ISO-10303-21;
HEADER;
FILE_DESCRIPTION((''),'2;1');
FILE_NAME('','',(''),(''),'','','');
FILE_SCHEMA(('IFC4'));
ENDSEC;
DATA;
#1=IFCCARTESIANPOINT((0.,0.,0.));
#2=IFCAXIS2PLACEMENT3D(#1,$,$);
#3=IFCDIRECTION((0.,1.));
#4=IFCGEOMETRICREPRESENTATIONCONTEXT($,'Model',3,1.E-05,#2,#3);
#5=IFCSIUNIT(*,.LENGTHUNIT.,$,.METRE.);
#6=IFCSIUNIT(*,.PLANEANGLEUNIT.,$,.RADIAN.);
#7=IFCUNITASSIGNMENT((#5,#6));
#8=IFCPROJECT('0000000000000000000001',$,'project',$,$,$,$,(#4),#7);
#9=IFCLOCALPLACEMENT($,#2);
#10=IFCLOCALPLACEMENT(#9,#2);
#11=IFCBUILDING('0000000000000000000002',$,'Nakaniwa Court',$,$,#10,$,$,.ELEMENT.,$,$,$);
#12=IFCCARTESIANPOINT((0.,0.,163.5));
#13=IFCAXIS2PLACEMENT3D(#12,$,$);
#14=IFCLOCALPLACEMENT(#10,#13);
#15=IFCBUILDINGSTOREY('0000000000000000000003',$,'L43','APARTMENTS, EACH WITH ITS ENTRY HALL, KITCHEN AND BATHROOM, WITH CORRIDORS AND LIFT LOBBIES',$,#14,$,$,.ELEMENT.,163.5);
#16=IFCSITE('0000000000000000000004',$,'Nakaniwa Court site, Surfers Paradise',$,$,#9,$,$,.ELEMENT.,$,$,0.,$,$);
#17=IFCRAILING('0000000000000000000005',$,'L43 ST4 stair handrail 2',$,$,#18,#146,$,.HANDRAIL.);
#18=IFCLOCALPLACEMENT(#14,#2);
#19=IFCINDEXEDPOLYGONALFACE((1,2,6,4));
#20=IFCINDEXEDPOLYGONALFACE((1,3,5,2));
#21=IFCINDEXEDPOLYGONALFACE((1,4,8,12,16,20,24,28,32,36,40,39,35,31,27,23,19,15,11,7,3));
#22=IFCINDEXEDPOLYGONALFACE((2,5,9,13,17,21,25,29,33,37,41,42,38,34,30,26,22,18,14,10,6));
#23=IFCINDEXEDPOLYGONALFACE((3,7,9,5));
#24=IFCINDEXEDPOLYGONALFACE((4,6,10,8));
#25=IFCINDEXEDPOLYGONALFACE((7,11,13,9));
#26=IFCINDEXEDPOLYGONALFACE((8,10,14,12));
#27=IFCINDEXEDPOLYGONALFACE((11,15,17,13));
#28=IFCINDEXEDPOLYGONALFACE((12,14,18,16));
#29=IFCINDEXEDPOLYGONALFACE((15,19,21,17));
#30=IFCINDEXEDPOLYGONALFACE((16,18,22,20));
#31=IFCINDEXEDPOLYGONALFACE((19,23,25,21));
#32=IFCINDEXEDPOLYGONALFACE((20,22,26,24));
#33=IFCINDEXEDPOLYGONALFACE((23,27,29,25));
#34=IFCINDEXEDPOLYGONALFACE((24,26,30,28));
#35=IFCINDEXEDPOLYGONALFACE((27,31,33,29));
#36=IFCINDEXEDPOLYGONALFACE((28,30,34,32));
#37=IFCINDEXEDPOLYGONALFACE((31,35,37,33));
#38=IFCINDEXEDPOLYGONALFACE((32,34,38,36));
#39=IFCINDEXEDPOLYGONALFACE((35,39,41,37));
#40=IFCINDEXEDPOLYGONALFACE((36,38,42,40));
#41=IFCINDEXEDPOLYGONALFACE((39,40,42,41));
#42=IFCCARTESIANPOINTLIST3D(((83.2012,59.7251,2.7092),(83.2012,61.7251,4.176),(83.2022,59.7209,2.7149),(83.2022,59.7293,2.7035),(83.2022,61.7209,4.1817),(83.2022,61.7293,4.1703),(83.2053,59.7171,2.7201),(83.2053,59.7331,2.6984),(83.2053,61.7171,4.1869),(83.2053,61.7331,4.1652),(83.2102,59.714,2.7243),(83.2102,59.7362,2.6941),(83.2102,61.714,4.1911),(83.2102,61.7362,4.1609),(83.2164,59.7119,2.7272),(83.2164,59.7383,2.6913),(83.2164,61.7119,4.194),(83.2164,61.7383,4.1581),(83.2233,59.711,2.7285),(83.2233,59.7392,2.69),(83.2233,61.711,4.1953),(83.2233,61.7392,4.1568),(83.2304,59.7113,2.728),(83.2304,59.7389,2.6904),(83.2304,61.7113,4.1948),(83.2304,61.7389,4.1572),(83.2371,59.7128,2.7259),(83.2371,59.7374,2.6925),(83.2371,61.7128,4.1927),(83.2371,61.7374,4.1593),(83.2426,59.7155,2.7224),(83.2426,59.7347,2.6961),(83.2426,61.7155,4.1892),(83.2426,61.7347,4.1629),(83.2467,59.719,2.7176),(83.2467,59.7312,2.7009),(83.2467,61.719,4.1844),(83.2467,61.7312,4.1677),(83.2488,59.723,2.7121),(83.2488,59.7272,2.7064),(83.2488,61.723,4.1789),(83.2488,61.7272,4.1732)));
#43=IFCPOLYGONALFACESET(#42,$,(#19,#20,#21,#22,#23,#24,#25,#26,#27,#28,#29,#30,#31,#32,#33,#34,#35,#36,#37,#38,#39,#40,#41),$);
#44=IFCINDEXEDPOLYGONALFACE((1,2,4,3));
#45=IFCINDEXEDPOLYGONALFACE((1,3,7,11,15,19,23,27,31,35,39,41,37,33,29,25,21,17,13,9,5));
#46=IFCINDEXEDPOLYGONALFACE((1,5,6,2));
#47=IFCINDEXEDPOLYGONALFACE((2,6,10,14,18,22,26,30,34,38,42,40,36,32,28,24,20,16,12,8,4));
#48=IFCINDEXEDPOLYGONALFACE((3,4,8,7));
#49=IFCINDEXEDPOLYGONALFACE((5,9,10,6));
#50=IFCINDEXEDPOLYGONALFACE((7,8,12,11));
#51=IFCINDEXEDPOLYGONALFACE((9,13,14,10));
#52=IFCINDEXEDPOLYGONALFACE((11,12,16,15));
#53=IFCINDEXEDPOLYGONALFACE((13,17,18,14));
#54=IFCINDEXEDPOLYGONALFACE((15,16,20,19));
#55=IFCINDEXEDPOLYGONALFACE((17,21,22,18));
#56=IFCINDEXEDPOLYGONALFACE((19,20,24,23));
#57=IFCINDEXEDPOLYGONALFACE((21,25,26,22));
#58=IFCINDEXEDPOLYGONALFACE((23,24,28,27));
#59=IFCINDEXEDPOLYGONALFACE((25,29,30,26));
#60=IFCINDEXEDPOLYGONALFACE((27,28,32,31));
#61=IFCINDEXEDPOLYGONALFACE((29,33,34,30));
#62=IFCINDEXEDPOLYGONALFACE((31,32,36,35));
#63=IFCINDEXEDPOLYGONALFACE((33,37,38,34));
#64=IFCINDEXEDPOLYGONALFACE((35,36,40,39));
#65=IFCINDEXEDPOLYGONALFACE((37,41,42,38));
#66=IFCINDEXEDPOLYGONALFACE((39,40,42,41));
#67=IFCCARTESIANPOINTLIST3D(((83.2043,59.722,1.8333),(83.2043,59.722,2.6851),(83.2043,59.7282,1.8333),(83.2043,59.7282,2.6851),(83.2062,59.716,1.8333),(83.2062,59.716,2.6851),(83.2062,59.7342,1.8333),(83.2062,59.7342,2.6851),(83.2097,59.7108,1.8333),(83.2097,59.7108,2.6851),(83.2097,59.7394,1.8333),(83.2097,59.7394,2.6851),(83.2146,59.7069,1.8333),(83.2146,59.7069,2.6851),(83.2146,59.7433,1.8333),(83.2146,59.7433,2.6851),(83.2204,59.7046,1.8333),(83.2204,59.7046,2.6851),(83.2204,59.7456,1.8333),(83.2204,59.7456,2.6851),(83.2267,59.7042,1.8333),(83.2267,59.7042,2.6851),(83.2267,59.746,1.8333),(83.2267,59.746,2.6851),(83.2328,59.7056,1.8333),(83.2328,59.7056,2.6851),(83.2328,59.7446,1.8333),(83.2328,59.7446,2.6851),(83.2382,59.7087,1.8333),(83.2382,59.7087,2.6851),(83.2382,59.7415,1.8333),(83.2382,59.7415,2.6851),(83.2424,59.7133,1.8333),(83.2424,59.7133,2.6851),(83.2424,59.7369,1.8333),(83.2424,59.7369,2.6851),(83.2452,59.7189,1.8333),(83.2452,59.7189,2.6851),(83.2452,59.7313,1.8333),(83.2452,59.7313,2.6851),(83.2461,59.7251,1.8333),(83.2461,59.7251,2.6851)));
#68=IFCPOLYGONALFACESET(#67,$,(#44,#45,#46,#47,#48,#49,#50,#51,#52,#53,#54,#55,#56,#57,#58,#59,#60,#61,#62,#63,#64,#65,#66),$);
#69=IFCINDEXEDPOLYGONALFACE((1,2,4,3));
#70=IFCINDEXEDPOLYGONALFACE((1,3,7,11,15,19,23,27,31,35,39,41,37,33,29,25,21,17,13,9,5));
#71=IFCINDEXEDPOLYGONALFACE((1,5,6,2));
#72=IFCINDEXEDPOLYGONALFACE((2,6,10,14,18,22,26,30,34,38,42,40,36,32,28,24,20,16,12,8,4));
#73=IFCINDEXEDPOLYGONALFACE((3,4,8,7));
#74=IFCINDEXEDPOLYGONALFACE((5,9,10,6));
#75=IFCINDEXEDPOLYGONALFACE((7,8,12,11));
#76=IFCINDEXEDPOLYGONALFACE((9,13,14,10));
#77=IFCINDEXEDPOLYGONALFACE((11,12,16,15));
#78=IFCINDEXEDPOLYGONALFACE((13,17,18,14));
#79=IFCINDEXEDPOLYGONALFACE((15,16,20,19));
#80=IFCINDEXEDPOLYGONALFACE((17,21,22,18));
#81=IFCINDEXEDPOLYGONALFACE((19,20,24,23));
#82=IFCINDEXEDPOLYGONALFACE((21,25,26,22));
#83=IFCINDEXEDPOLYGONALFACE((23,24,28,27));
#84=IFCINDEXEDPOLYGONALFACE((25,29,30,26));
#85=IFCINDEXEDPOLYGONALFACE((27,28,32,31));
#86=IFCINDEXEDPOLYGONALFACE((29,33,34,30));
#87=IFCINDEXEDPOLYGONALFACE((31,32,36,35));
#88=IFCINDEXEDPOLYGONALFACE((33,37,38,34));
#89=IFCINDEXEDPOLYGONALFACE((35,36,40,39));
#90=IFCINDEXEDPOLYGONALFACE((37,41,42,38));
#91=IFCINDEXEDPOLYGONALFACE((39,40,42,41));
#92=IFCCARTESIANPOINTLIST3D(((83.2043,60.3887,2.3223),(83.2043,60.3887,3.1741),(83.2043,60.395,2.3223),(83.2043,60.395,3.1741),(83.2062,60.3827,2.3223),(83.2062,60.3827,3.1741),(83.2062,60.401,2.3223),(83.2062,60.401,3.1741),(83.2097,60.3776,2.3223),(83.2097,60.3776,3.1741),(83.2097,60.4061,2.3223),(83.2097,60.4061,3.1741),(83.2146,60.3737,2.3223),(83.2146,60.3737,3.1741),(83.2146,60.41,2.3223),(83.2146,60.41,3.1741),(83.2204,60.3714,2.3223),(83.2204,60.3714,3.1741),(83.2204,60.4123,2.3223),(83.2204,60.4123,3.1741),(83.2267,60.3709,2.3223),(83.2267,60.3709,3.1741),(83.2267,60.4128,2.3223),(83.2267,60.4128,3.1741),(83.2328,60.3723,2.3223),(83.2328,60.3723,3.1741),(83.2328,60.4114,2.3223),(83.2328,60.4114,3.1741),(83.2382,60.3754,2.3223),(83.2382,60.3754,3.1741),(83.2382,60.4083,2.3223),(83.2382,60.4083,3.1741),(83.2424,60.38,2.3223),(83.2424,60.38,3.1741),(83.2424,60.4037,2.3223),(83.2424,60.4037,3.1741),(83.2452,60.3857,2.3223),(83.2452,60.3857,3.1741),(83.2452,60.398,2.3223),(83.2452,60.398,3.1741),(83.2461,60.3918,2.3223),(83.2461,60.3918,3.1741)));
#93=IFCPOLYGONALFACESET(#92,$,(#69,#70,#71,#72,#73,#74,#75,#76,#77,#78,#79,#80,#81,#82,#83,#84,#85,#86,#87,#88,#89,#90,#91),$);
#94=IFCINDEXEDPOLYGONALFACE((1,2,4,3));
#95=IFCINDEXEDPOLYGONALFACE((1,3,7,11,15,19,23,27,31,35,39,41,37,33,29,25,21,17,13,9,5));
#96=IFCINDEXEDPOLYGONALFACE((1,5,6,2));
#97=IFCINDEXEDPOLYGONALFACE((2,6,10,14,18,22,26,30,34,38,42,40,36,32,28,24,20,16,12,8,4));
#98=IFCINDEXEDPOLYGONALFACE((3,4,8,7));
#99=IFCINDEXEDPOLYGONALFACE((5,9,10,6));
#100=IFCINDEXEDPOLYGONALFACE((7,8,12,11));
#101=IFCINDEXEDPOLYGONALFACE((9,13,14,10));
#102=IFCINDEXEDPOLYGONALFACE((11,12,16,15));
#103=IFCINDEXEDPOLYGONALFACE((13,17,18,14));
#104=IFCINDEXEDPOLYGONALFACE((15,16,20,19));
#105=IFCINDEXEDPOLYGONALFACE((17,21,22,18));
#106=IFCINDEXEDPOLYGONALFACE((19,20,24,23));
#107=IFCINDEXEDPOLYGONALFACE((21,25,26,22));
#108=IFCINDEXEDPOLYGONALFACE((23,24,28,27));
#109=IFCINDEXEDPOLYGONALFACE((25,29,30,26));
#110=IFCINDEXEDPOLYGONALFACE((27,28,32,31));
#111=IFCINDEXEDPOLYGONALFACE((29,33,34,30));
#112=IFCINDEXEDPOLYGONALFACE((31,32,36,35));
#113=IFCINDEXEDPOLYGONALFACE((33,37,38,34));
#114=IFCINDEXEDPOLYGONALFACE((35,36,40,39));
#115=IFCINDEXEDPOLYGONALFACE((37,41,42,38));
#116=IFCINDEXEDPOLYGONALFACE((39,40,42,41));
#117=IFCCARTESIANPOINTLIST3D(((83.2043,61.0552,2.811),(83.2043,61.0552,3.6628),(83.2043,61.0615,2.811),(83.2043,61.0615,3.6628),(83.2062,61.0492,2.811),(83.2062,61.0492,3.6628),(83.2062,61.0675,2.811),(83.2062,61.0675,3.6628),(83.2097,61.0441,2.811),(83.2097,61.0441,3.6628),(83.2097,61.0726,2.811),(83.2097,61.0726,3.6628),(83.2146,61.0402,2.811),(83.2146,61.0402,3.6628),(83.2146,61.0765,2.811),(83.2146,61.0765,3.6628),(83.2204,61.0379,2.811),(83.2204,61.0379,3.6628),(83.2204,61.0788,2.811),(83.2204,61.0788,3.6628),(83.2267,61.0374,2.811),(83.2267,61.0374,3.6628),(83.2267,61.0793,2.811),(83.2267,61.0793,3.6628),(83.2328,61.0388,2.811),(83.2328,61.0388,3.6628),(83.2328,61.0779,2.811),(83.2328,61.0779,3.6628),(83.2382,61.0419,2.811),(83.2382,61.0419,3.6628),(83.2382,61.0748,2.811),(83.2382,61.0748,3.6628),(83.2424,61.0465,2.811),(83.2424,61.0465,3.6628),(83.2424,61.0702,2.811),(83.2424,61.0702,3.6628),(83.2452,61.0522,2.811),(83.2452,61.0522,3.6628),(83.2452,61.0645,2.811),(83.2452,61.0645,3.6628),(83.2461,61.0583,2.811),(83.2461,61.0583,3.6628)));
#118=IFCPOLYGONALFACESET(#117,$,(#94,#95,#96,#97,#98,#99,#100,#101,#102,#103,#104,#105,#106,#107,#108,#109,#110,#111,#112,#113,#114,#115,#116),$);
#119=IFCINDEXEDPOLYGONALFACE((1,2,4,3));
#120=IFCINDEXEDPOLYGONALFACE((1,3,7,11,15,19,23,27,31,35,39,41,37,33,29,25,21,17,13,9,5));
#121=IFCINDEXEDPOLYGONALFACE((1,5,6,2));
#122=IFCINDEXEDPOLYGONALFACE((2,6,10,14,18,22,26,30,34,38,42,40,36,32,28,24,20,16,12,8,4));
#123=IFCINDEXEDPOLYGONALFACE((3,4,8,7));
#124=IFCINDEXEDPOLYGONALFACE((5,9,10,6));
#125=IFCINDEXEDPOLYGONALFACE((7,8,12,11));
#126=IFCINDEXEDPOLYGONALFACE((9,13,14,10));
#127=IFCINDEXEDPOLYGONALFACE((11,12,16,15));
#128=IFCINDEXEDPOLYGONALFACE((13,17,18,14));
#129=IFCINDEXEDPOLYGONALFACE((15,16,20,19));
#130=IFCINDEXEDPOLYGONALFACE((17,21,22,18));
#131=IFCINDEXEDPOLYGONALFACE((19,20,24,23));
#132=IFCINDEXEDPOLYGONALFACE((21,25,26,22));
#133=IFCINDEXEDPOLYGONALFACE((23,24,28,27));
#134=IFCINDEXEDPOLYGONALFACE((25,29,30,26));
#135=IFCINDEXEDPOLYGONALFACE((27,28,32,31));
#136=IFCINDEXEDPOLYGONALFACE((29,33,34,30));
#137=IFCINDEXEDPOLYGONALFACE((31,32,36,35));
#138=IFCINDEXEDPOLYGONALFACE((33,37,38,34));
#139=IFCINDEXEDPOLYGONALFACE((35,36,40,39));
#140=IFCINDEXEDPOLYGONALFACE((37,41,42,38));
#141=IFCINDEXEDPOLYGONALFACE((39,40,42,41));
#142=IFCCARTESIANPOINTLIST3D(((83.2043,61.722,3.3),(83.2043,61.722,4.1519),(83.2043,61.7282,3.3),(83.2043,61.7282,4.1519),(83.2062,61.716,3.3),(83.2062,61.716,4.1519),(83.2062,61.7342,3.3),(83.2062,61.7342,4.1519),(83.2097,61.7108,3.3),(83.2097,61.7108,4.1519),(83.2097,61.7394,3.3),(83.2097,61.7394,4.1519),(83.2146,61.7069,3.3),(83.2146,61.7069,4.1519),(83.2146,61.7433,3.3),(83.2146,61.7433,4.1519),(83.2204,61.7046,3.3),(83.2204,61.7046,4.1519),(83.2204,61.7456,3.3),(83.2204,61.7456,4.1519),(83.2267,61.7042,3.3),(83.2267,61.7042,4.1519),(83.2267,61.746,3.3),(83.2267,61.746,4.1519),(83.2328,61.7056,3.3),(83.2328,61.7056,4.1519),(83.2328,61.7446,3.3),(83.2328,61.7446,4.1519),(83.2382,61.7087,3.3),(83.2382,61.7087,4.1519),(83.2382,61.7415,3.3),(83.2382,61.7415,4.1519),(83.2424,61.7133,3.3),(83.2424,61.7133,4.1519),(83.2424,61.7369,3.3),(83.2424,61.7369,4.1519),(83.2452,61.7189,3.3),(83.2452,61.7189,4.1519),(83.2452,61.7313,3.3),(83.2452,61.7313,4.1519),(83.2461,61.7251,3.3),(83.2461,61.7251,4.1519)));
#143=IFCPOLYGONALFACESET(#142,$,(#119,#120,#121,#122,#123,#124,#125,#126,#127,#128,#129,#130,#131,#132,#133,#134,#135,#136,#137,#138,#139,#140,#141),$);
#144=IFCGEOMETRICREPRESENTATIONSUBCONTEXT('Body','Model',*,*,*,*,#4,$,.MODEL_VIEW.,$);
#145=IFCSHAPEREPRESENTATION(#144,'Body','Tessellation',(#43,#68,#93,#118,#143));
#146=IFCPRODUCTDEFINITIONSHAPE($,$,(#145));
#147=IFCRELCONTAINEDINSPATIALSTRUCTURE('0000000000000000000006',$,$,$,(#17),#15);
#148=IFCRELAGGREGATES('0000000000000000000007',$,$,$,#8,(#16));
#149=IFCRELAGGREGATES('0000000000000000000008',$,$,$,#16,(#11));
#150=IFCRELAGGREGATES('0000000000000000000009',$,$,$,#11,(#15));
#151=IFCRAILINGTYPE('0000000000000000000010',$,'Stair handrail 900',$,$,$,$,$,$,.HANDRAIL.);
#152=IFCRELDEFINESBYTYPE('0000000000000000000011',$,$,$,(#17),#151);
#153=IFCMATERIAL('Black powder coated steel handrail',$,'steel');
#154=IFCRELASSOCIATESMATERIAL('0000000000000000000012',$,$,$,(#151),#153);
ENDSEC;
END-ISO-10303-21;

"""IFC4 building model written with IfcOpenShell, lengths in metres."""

from ifc_helpers import new_model, si_unit, direction, frame, origin, origin_2d, place, context, subcontext, project, spatial, circle, extrude, material, type_object, element, save


model = new_model("IFC4")

# Units and contexts
model_context = context("Model", 3, precision=1e-05, world=origin(), true_north=direction((0.0, 1.0)))
body_context = subcontext(model_context, "Body", "Model", "MODEL_VIEW")
ifc_project = project(units=[si_unit("LENGTHUNIT", "METRE"), si_unit("PLANEANGLEUNIT", "RADIAN")], contexts=[model_context])

# Site, building, storey
site_placement = place(None, origin())
site = spatial("IfcSite", under=ifc_project, at=site_placement, Name="Nakaniwa Court site, Surfers Paradise", CompositionType="ELEMENT", RefElevation=0.0)
building_placement = place(site_placement, origin())
building = spatial("IfcBuilding", under=site, at=building_placement, Name="Nakaniwa Court", CompositionType="ELEMENT")
storey_placement = place(building_placement, frame((0.0, 0.0, 163.5)))
storey = spatial("IfcBuildingStorey", under=building, at=storey_placement, Name="L43", Description="APARTMENTS, EACH WITH ITS ENTRY HALL, KITCHEN AND BATHROOM, WITH CORRIDORS AND LIFT LOBBIES", CompositionType="ELEMENT", Elevation=163.5)

# Railing
ifc_material_1 = material(Name="Black powder coated steel handrail", Category="steel")
railing_type_1 = type_object("IfcRailingType", Name="Stair handrail 900", PredefinedType="HANDRAIL", material=ifc_material_1)
railing_1_placement = place(storey_placement, frame((83.2251, 59.7251, 1.8333)))
element("IfcRailing", 1, at=railing_1_placement, inside=storey, type_object=railing_type_1, Name="L43 ST4 stair handrail 2", PredefinedType="HANDRAIL", context=body_context, shape_type="SweptSolid", body=[
    extrude(circle(Radius=0.0239, at=origin_2d()), frame((0.0, 0.0, 0.876), z_axis=(0.0, 0.80638, 0.591398), x_axis=(-1.0, 0.0, 0.0)), (0.0, 0.0, 1.0), 2.4802),
    extrude(circle(Radius=0.021, at=origin_2d()), origin(), (0.0, 0.0, 1.0), 0.8518),
    extrude(circle(Radius=0.021, at=origin_2d()), frame((0.0, 0.6667, 0.489)), (0.0, 0.0, 1.0), 0.8518),
    extrude(circle(Radius=0.021, at=origin_2d()), frame((0.0, 1.3333, 0.9778)), (0.0, 0.0, 1.0), 0.8518),
    extrude(circle(Radius=0.021, at=origin_2d()), frame((0.0, 2.0, 1.4668)), (0.0, 0.0, 1.0), 0.8518),
])

save(model, "model.ifc")
